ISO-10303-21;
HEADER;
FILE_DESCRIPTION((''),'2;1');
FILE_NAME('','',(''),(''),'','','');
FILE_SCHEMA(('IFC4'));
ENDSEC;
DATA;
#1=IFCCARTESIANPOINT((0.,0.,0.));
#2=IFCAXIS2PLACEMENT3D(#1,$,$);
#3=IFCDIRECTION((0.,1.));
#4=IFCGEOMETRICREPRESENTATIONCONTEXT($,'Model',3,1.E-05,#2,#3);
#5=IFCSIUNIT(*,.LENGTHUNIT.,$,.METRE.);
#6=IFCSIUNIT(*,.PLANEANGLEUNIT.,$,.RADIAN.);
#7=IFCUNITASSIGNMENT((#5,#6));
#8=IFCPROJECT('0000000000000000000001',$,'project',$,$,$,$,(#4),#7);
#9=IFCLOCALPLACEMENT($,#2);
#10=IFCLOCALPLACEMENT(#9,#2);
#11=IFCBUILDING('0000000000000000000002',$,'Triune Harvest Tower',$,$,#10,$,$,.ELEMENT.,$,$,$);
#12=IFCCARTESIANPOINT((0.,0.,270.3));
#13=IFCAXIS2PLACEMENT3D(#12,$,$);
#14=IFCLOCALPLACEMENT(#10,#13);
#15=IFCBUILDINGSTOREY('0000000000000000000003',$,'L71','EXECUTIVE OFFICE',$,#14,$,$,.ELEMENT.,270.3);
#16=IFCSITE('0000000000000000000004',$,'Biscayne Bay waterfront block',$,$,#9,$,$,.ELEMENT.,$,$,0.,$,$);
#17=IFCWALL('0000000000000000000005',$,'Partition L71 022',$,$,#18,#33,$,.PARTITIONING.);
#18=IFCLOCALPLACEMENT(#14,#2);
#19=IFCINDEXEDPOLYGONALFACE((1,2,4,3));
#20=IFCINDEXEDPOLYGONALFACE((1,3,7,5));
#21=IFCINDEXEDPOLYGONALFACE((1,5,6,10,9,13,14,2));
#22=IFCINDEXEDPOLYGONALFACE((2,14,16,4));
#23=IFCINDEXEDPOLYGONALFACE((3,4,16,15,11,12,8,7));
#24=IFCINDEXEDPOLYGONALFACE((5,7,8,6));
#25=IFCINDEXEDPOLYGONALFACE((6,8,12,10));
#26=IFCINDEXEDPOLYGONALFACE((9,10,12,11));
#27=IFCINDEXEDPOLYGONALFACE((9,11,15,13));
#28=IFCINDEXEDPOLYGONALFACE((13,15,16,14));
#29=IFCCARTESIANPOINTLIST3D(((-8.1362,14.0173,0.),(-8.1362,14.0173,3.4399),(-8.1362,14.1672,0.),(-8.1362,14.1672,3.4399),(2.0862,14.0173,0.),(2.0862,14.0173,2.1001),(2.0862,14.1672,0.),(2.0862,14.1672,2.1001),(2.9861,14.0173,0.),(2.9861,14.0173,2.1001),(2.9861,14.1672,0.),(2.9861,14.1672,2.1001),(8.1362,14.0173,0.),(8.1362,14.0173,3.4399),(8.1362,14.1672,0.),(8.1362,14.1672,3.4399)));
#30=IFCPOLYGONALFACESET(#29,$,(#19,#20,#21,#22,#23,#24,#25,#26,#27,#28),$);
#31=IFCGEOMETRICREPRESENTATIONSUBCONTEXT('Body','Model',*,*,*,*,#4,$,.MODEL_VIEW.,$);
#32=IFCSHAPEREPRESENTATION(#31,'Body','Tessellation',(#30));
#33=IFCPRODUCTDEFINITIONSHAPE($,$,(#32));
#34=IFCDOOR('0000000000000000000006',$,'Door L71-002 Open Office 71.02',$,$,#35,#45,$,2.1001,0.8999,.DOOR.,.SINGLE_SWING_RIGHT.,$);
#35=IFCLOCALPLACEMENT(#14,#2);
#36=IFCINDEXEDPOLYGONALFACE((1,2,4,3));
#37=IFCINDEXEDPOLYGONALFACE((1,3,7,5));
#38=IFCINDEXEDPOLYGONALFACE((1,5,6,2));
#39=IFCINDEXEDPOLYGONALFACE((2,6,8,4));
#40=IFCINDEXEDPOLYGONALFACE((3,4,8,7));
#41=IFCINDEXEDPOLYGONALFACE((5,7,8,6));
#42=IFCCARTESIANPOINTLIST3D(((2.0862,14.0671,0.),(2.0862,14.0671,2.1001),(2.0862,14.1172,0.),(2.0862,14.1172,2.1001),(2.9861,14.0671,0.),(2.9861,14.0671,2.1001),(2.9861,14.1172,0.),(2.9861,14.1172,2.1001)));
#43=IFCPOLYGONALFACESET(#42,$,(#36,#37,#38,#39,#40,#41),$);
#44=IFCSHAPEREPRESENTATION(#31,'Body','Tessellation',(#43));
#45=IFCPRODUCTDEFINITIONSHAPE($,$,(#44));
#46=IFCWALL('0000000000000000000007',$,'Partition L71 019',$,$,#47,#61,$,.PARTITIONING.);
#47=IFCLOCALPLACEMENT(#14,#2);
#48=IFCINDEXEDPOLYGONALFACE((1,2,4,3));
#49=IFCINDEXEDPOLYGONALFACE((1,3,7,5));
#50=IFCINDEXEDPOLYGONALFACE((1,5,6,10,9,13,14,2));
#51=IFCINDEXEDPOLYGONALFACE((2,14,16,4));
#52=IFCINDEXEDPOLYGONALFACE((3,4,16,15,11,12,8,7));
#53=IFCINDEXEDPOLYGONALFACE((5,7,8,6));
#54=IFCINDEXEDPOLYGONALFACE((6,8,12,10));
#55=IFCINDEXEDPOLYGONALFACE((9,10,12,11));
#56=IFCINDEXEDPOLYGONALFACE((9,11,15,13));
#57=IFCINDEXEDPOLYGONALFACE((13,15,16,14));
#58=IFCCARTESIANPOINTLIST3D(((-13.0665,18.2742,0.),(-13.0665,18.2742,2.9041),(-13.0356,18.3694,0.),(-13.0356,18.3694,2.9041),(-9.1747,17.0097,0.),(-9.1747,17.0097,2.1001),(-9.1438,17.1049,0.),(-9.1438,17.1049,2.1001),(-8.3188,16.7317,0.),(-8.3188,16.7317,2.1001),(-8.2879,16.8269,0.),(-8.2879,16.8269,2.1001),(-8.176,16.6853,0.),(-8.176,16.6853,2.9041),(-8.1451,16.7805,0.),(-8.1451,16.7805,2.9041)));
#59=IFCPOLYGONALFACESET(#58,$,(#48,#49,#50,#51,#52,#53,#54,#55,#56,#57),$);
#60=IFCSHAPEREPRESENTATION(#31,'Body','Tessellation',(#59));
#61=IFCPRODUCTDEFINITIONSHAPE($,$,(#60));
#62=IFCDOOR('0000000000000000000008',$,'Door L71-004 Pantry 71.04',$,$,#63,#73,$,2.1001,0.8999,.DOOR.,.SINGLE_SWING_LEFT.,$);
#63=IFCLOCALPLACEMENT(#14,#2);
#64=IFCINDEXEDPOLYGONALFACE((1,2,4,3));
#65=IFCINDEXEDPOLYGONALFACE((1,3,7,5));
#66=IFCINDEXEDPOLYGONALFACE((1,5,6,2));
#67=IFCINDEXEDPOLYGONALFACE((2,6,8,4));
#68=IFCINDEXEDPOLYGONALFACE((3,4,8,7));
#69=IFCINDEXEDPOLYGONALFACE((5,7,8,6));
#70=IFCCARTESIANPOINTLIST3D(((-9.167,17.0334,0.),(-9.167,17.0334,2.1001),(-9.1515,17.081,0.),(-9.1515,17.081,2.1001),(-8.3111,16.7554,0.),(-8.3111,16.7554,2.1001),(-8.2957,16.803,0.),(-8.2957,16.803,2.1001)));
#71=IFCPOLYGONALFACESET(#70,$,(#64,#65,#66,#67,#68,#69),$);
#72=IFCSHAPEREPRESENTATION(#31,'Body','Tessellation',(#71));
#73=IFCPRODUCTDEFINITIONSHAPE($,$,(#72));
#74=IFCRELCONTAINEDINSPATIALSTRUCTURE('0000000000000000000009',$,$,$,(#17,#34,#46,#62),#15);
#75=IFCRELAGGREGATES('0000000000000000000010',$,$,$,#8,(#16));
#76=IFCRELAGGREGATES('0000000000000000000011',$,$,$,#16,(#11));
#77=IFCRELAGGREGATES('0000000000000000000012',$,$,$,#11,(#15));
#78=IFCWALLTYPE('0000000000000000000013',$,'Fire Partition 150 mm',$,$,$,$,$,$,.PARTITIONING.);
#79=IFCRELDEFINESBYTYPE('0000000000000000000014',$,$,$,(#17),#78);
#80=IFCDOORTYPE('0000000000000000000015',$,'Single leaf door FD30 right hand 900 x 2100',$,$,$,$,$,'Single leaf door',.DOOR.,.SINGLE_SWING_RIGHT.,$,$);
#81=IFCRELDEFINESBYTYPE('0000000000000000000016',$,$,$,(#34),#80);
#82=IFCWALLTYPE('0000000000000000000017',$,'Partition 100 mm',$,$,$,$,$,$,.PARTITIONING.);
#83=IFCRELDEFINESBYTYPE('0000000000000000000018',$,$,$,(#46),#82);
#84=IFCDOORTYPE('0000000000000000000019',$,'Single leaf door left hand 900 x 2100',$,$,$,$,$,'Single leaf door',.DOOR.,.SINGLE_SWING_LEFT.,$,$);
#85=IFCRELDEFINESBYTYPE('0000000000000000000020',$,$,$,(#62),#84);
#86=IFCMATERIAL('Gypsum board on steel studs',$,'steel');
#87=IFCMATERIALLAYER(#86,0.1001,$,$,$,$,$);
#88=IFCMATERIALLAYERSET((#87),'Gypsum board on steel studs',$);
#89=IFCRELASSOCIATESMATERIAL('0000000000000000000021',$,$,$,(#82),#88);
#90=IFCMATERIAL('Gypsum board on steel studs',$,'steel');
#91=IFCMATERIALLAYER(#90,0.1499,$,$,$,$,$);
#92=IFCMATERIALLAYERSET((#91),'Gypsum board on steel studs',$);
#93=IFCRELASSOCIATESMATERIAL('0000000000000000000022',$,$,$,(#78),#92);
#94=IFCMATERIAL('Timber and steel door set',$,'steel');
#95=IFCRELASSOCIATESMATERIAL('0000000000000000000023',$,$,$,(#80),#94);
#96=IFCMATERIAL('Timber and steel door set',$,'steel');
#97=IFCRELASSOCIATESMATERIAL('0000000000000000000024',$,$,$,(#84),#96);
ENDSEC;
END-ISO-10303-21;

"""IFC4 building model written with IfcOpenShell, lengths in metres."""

from ifc_helpers import new_model, si_unit, direction, frame, frame_2d, origin, place, context, subcontext, project, spatial, rectangle, extrude, source, transform, mapped, material, layer, layer_set, type_object, element, fill, save


model = new_model("IFC4")

# Units and contexts
model_context = context("Model", 3, precision=1e-05, world=origin(), true_north=direction((0.0, 1.0)))
body_context = subcontext(model_context, "Body", "Model", "MODEL_VIEW")
ifc_project = project(units=[si_unit("LENGTHUNIT", "METRE"), si_unit("PLANEANGLEUNIT", "RADIAN")], contexts=[model_context])

# Site, building, storey
site_placement = place(None, origin())
site = spatial("IfcSite", under=ifc_project, at=site_placement, Name="Biscayne Bay waterfront block", CompositionType="ELEMENT", RefElevation=0.0)
building_placement = place(site_placement, origin())
building = spatial("IfcBuilding", under=site, at=building_placement, Name="Triune Harvest Tower", CompositionType="ELEMENT")
storey_placement = place(building_placement, frame((0.0, 0.0, 270.3)))
storey = spatial("IfcBuildingStorey", under=building, at=storey_placement, Name="L71", Description="EXECUTIVE OFFICE", CompositionType="ELEMENT", Elevation=270.3)

# Shared definitions
ifc_material_1 = material(Name="Gypsum board on steel studs", Category="steel")
ifc_layer_1 = layer(ifc_material_1, 0.1001)
ifc_layer_set_1 = layer_set([ifc_layer_1], Name="Gypsum board on steel studs")
wall_type_1 = type_object("IfcWallType", Name="Partition 100 mm", PredefinedType="PARTITIONING", material=ifc_layer_set_1)

# Walls, openings, doors
ifc_material_2 = material(Name="Gypsum board on steel studs", Category="steel")
ifc_layer_2 = layer(ifc_material_2, 0.1499)
ifc_layer_set_2 = layer_set([ifc_layer_2], Name="Gypsum board on steel studs")
wall_type_2 = type_object("IfcWallType", Name="Fire Partition 150 mm", PredefinedType="PARTITIONING", material=ifc_layer_set_2)
shared_shape_1 = source(origin(), body_context, "Body", "SweptSolid", [
    extrude(rectangle(XDim=16.2725, YDim=0.1499, at=frame_2d((8.1362, 0.0))), origin(), (0.0, 0.0, 1.0), 3.4399),
])
wall_1_placement = place(storey_placement, frame((-8.1362, 14.0923, 0.0), z_axis=(0.0, 0.0, 1.0), x_axis=(1.0, 0.0, 0.0)))
wall_1 = element("IfcWall", 1, at=wall_1_placement, inside=storey, type_object=wall_type_2, Name="Partition L71 022", PredefinedType="PARTITIONING", context=body_context, shape_type="MappedRepresentation", body=[
    mapped(shared_shape_1, transform((0.0, 0.0, 0.0), scale=1.0)),
])
opening_1_placement = place(wall_1_placement, frame((10.2224, 0.0, 0.0)))
opening_1 = element("IfcOpeningElement", 2, at=opening_1_placement, cuts=wall_1, PredefinedType="OPENING", context=body_context, shape_type="SweptSolid", body=[
    extrude(rectangle(XDim=0.8999, YDim=2.1001, at=frame_2d((0.45, 1.05))), frame((0.0, 0.085, 0.0), z_axis=(0.0, -1.0, 0.0), x_axis=(1.0, 0.0, 0.0)), (0.0, 0.0, 1.0), 0.1699),
])
ifc_material_3 = material(Name="Timber and steel door set", Category="steel")
door_type_1 = type_object("IfcDoorType", Name="Single leaf door FD30 right hand 900 x 2100", ElementType="Single leaf door", OperationType="SINGLE_SWING_RIGHT", PredefinedType="DOOR", material=ifc_material_3)
door_1_placement = place(opening_1_placement, origin())
door_1 = element("IfcDoor", 3, at=door_1_placement, inside=storey, type_object=door_type_1, Name="Door L71-002 Open Office 71.02", OperationType="SINGLE_SWING_RIGHT", OverallHeight=2.1001, OverallWidth=0.8999, PredefinedType="DOOR", context=body_context, shape_type="SweptSolid", body=[
    extrude(rectangle(XDim=0.8999, YDim=2.1001, at=frame_2d((0.45, 1.05))), frame((0.0, 0.0249, 0.0), z_axis=(0.0, -1.0, 0.0), x_axis=(1.0, 0.0, 0.0)), (0.0, 0.0, 1.0), 0.05),
])
fill(opening_1, door_1)
shared_shape_2 = source(origin(), body_context, "Body", "SweptSolid", [
    extrude(rectangle(XDim=5.1421, YDim=0.1001, at=frame_2d((2.571, 0.0))), origin(), (0.0, 0.0, 1.0), 2.9041),
])
wall_2_placement = place(storey_placement, frame((-13.051, 18.3218, 0.0), z_axis=(0.0, 0.0, 1.0), x_axis=(0.951063, -0.308997, 0.0)))
wall_2 = element("IfcWall", 4, at=wall_2_placement, inside=storey, type_object=wall_type_1, Name="Partition L71 019", PredefinedType="PARTITIONING", context=body_context, shape_type="MappedRepresentation", body=[
    mapped(shared_shape_2, transform((0.0, 0.0, 0.0), scale=1.0)),
])
opening_2_placement = place(wall_2_placement, frame((4.092, 0.0, 0.0)))
opening_2 = element("IfcOpeningElement", 5, at=opening_2_placement, cuts=wall_2, PredefinedType="OPENING", context=body_context, shape_type="SweptSolid", body=[
    extrude(rectangle(XDim=0.8999, YDim=2.1001, at=frame_2d((0.45, 1.05))), frame((0.0, 0.0601, 0.0), z_axis=(0.0, -1.0, 0.0), x_axis=(1.0, 0.0, 0.0)), (0.0, 0.0, 1.0), 0.1201),
])
ifc_material_4 = material(Name="Timber and steel door set", Category="steel")
door_type_2 = type_object("IfcDoorType", Name="Single leaf door left hand 900 x 2100", ElementType="Single leaf door", OperationType="SINGLE_SWING_LEFT", PredefinedType="DOOR", material=ifc_material_4)
door_2_placement = place(opening_2_placement, origin())
door_2 = element("IfcDoor", 6, at=door_2_placement, inside=storey, type_object=door_type_2, Name="Door L71-004 Pantry 71.04", OperationType="SINGLE_SWING_LEFT", OverallHeight=2.1001, OverallWidth=0.8999, PredefinedType="DOOR", context=body_context, shape_type="SweptSolid", body=[
    extrude(rectangle(XDim=0.8999, YDim=2.1001, at=frame_2d((0.45, 1.05))), frame((0.0, 0.0249, 0.0), z_axis=(0.0, -1.0, 0.0), x_axis=(1.0, 0.0, 0.0)), (0.0, 0.0, 1.0), 0.05),
])
fill(opening_2, door_2)

save(model, "model.ifc")
